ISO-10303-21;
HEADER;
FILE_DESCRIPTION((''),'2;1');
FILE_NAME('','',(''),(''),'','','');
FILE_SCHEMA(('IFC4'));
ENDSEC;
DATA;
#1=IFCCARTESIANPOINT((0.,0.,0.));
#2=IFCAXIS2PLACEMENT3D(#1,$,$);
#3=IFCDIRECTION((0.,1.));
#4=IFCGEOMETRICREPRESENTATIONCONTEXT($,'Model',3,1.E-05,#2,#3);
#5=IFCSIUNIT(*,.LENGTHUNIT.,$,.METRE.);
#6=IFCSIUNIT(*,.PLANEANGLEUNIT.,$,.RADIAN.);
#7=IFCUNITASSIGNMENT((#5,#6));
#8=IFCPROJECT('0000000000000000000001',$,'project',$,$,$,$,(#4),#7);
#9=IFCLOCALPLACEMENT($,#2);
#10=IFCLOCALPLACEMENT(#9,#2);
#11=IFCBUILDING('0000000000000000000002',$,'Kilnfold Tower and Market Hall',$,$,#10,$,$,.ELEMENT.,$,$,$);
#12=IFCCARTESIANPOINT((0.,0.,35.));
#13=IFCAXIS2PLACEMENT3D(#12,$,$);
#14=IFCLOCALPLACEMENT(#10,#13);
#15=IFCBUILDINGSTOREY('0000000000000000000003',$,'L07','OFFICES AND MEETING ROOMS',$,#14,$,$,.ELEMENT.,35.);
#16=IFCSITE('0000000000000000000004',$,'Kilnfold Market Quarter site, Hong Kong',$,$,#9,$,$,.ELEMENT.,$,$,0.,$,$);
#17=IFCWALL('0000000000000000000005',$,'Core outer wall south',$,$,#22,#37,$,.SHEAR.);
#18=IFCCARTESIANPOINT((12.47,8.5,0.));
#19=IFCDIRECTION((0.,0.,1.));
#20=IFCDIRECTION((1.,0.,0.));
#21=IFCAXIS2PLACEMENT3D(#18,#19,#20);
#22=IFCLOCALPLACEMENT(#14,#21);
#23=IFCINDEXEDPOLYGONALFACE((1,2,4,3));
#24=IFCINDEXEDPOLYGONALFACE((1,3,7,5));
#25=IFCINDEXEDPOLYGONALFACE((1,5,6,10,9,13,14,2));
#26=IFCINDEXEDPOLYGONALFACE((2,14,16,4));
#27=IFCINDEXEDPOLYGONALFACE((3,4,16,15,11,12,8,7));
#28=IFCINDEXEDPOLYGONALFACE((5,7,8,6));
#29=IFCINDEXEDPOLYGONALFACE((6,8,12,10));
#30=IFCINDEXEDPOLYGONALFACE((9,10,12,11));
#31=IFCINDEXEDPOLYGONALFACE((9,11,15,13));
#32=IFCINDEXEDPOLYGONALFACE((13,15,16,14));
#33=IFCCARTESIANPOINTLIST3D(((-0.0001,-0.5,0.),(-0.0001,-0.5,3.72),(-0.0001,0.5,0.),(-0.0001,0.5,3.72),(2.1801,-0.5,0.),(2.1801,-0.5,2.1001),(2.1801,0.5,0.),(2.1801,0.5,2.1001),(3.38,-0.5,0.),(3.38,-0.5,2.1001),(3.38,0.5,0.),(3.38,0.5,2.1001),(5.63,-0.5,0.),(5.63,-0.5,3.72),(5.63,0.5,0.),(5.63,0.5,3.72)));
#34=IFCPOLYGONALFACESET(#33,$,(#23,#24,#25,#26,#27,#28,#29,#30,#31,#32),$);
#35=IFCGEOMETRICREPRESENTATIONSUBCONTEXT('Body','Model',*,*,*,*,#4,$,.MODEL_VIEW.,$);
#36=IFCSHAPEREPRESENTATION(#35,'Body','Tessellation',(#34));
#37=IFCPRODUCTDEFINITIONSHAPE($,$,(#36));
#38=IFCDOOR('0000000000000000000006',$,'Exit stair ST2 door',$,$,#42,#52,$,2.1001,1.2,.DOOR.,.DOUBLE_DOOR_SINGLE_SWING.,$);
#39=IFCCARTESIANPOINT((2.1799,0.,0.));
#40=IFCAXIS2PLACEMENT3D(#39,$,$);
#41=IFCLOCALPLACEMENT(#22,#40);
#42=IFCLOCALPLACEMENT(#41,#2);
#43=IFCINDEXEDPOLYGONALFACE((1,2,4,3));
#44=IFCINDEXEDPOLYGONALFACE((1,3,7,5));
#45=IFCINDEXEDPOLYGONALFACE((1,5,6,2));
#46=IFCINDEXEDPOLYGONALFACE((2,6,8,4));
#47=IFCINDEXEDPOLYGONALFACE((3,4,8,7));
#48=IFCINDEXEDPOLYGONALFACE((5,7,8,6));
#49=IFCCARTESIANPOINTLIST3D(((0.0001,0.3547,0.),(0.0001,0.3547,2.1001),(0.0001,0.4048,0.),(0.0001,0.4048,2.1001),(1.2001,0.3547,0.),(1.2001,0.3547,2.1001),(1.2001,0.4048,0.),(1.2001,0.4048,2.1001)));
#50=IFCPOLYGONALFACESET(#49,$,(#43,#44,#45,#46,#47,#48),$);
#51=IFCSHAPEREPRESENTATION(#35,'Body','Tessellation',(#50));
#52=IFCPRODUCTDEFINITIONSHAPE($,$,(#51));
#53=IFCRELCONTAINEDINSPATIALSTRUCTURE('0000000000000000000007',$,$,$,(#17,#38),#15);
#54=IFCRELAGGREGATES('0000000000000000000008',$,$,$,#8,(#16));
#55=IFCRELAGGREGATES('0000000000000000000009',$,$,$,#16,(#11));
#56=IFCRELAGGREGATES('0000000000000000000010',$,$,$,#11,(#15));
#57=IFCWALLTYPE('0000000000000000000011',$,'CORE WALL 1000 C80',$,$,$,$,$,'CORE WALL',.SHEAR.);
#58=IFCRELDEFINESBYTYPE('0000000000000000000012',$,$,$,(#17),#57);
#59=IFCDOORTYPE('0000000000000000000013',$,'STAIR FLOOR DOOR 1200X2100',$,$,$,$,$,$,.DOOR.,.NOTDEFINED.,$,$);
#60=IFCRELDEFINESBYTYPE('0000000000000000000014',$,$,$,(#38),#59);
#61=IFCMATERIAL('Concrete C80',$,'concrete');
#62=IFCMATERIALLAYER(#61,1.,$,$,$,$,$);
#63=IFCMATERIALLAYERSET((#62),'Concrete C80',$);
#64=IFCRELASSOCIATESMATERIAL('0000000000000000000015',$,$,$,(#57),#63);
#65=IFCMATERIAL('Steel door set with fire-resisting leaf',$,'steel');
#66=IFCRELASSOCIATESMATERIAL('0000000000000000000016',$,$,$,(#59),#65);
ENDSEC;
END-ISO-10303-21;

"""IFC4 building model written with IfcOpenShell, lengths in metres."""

from ifc_helpers import new_model, si_unit, direction, frame, frame_2d, origin, place, context, subcontext, project, spatial, rectangle, extrude, source, transform, mapped, material, layer, layer_set, type_object, element, fill, save


model = new_model("IFC4")

# Units and contexts
model_context = context("Model", 3, precision=1e-05, world=origin(), true_north=direction((0.0, 1.0)))
body_context = subcontext(model_context, "Body", "Model", "MODEL_VIEW")
ifc_project = project(units=[si_unit("LENGTHUNIT", "METRE"), si_unit("PLANEANGLEUNIT", "RADIAN")], contexts=[model_context])

# Site, building, storey
site_placement = place(None, origin())
site = spatial("IfcSite", under=ifc_project, at=site_placement, Name="Kilnfold Market Quarter site, Hong Kong", CompositionType="ELEMENT", RefElevation=0.0)
building_placement = place(site_placement, origin())
building = spatial("IfcBuilding", under=site, at=building_placement, Name="Kilnfold Tower and Market Hall", CompositionType="ELEMENT")
storey_placement = place(building_placement, frame((0.0, 0.0, 35.0)))
storey = spatial("IfcBuildingStorey", under=building, at=storey_placement, Name="L07", Description="OFFICES AND MEETING ROOMS", CompositionType="ELEMENT", Elevation=35.0)

# Wall, opening, door
ifc_material_1 = material(Name="Concrete C80", Category="concrete")
ifc_layer_1 = layer(ifc_material_1, 1.0)
ifc_layer_set_1 = layer_set([ifc_layer_1], Name="Concrete C80")
wall_type_1 = type_object("IfcWallType", Name="CORE WALL 1000 C80", ElementType="CORE WALL", PredefinedType="SHEAR", material=ifc_layer_set_1)
shared_shape_1 = source(origin(), body_context, "Body", "SweptSolid", [
    extrude(rectangle(XDim=5.6301, YDim=1.0, at=frame_2d((2.8149, 0.0))), origin(), (0.0, 0.0, 1.0), 3.72),
])
wall_1_placement = place(storey_placement, frame((12.47, 8.5, 0.0), z_axis=(0.0, 0.0, 1.0), x_axis=(1.0, 0.0, 0.0)))
wall_1 = element("IfcWall", 1, at=wall_1_placement, inside=storey, type_object=wall_type_1, Name="Core outer wall south", PredefinedType="SHEAR", context=body_context, shape_type="MappedRepresentation", body=[
    mapped(shared_shape_1, transform((0.0, 0.0, 0.0))),
])
opening_1_placement = place(wall_1_placement, frame((2.1799, 0.0, 0.0)))
opening_1 = element("IfcOpeningElement", 2, at=opening_1_placement, cuts=wall_1, PredefinedType="OPENING", context=body_context, shape_type="SweptSolid", body=[
    extrude(rectangle(XDim=1.2, YDim=2.1001, at=frame_2d((0.6001, 1.05))), frame((0.0, 0.51, 0.0), z_axis=(0.0, -1.0, 0.0), x_axis=(1.0, 0.0, 0.0)), (0.0, 0.0, 1.0), 1.02),
])
ifc_material_2 = material(Name="Steel door set with fire-resisting leaf", Category="steel")
door_type = type_object("IfcDoorType", Name="STAIR FLOOR DOOR 1200X2100", OperationType="NOTDEFINED", PredefinedType="DOOR", material=ifc_material_2)
door_1_placement = place(opening_1_placement, origin())
door_1 = element("IfcDoor", 3, at=door_1_placement, inside=storey, type_object=door_type, Name="Exit stair ST2 door", OperationType="DOUBLE_DOOR_SINGLE_SWING", OverallHeight=2.1001, OverallWidth=1.2, PredefinedType="DOOR", context=body_context, shape_type="SweptSolid", body=[
    extrude(rectangle(XDim=1.2, YDim=2.1001, at=frame_2d((0.6001, 1.05))), frame((0.0, 0.4048, 0.0), z_axis=(0.0, -1.0, 0.0), x_axis=(1.0, 0.0, 0.0)), (0.0, 0.0, 1.0), 0.05),
])
fill(opening_1, door_1)

save(model, "model.ifc")
